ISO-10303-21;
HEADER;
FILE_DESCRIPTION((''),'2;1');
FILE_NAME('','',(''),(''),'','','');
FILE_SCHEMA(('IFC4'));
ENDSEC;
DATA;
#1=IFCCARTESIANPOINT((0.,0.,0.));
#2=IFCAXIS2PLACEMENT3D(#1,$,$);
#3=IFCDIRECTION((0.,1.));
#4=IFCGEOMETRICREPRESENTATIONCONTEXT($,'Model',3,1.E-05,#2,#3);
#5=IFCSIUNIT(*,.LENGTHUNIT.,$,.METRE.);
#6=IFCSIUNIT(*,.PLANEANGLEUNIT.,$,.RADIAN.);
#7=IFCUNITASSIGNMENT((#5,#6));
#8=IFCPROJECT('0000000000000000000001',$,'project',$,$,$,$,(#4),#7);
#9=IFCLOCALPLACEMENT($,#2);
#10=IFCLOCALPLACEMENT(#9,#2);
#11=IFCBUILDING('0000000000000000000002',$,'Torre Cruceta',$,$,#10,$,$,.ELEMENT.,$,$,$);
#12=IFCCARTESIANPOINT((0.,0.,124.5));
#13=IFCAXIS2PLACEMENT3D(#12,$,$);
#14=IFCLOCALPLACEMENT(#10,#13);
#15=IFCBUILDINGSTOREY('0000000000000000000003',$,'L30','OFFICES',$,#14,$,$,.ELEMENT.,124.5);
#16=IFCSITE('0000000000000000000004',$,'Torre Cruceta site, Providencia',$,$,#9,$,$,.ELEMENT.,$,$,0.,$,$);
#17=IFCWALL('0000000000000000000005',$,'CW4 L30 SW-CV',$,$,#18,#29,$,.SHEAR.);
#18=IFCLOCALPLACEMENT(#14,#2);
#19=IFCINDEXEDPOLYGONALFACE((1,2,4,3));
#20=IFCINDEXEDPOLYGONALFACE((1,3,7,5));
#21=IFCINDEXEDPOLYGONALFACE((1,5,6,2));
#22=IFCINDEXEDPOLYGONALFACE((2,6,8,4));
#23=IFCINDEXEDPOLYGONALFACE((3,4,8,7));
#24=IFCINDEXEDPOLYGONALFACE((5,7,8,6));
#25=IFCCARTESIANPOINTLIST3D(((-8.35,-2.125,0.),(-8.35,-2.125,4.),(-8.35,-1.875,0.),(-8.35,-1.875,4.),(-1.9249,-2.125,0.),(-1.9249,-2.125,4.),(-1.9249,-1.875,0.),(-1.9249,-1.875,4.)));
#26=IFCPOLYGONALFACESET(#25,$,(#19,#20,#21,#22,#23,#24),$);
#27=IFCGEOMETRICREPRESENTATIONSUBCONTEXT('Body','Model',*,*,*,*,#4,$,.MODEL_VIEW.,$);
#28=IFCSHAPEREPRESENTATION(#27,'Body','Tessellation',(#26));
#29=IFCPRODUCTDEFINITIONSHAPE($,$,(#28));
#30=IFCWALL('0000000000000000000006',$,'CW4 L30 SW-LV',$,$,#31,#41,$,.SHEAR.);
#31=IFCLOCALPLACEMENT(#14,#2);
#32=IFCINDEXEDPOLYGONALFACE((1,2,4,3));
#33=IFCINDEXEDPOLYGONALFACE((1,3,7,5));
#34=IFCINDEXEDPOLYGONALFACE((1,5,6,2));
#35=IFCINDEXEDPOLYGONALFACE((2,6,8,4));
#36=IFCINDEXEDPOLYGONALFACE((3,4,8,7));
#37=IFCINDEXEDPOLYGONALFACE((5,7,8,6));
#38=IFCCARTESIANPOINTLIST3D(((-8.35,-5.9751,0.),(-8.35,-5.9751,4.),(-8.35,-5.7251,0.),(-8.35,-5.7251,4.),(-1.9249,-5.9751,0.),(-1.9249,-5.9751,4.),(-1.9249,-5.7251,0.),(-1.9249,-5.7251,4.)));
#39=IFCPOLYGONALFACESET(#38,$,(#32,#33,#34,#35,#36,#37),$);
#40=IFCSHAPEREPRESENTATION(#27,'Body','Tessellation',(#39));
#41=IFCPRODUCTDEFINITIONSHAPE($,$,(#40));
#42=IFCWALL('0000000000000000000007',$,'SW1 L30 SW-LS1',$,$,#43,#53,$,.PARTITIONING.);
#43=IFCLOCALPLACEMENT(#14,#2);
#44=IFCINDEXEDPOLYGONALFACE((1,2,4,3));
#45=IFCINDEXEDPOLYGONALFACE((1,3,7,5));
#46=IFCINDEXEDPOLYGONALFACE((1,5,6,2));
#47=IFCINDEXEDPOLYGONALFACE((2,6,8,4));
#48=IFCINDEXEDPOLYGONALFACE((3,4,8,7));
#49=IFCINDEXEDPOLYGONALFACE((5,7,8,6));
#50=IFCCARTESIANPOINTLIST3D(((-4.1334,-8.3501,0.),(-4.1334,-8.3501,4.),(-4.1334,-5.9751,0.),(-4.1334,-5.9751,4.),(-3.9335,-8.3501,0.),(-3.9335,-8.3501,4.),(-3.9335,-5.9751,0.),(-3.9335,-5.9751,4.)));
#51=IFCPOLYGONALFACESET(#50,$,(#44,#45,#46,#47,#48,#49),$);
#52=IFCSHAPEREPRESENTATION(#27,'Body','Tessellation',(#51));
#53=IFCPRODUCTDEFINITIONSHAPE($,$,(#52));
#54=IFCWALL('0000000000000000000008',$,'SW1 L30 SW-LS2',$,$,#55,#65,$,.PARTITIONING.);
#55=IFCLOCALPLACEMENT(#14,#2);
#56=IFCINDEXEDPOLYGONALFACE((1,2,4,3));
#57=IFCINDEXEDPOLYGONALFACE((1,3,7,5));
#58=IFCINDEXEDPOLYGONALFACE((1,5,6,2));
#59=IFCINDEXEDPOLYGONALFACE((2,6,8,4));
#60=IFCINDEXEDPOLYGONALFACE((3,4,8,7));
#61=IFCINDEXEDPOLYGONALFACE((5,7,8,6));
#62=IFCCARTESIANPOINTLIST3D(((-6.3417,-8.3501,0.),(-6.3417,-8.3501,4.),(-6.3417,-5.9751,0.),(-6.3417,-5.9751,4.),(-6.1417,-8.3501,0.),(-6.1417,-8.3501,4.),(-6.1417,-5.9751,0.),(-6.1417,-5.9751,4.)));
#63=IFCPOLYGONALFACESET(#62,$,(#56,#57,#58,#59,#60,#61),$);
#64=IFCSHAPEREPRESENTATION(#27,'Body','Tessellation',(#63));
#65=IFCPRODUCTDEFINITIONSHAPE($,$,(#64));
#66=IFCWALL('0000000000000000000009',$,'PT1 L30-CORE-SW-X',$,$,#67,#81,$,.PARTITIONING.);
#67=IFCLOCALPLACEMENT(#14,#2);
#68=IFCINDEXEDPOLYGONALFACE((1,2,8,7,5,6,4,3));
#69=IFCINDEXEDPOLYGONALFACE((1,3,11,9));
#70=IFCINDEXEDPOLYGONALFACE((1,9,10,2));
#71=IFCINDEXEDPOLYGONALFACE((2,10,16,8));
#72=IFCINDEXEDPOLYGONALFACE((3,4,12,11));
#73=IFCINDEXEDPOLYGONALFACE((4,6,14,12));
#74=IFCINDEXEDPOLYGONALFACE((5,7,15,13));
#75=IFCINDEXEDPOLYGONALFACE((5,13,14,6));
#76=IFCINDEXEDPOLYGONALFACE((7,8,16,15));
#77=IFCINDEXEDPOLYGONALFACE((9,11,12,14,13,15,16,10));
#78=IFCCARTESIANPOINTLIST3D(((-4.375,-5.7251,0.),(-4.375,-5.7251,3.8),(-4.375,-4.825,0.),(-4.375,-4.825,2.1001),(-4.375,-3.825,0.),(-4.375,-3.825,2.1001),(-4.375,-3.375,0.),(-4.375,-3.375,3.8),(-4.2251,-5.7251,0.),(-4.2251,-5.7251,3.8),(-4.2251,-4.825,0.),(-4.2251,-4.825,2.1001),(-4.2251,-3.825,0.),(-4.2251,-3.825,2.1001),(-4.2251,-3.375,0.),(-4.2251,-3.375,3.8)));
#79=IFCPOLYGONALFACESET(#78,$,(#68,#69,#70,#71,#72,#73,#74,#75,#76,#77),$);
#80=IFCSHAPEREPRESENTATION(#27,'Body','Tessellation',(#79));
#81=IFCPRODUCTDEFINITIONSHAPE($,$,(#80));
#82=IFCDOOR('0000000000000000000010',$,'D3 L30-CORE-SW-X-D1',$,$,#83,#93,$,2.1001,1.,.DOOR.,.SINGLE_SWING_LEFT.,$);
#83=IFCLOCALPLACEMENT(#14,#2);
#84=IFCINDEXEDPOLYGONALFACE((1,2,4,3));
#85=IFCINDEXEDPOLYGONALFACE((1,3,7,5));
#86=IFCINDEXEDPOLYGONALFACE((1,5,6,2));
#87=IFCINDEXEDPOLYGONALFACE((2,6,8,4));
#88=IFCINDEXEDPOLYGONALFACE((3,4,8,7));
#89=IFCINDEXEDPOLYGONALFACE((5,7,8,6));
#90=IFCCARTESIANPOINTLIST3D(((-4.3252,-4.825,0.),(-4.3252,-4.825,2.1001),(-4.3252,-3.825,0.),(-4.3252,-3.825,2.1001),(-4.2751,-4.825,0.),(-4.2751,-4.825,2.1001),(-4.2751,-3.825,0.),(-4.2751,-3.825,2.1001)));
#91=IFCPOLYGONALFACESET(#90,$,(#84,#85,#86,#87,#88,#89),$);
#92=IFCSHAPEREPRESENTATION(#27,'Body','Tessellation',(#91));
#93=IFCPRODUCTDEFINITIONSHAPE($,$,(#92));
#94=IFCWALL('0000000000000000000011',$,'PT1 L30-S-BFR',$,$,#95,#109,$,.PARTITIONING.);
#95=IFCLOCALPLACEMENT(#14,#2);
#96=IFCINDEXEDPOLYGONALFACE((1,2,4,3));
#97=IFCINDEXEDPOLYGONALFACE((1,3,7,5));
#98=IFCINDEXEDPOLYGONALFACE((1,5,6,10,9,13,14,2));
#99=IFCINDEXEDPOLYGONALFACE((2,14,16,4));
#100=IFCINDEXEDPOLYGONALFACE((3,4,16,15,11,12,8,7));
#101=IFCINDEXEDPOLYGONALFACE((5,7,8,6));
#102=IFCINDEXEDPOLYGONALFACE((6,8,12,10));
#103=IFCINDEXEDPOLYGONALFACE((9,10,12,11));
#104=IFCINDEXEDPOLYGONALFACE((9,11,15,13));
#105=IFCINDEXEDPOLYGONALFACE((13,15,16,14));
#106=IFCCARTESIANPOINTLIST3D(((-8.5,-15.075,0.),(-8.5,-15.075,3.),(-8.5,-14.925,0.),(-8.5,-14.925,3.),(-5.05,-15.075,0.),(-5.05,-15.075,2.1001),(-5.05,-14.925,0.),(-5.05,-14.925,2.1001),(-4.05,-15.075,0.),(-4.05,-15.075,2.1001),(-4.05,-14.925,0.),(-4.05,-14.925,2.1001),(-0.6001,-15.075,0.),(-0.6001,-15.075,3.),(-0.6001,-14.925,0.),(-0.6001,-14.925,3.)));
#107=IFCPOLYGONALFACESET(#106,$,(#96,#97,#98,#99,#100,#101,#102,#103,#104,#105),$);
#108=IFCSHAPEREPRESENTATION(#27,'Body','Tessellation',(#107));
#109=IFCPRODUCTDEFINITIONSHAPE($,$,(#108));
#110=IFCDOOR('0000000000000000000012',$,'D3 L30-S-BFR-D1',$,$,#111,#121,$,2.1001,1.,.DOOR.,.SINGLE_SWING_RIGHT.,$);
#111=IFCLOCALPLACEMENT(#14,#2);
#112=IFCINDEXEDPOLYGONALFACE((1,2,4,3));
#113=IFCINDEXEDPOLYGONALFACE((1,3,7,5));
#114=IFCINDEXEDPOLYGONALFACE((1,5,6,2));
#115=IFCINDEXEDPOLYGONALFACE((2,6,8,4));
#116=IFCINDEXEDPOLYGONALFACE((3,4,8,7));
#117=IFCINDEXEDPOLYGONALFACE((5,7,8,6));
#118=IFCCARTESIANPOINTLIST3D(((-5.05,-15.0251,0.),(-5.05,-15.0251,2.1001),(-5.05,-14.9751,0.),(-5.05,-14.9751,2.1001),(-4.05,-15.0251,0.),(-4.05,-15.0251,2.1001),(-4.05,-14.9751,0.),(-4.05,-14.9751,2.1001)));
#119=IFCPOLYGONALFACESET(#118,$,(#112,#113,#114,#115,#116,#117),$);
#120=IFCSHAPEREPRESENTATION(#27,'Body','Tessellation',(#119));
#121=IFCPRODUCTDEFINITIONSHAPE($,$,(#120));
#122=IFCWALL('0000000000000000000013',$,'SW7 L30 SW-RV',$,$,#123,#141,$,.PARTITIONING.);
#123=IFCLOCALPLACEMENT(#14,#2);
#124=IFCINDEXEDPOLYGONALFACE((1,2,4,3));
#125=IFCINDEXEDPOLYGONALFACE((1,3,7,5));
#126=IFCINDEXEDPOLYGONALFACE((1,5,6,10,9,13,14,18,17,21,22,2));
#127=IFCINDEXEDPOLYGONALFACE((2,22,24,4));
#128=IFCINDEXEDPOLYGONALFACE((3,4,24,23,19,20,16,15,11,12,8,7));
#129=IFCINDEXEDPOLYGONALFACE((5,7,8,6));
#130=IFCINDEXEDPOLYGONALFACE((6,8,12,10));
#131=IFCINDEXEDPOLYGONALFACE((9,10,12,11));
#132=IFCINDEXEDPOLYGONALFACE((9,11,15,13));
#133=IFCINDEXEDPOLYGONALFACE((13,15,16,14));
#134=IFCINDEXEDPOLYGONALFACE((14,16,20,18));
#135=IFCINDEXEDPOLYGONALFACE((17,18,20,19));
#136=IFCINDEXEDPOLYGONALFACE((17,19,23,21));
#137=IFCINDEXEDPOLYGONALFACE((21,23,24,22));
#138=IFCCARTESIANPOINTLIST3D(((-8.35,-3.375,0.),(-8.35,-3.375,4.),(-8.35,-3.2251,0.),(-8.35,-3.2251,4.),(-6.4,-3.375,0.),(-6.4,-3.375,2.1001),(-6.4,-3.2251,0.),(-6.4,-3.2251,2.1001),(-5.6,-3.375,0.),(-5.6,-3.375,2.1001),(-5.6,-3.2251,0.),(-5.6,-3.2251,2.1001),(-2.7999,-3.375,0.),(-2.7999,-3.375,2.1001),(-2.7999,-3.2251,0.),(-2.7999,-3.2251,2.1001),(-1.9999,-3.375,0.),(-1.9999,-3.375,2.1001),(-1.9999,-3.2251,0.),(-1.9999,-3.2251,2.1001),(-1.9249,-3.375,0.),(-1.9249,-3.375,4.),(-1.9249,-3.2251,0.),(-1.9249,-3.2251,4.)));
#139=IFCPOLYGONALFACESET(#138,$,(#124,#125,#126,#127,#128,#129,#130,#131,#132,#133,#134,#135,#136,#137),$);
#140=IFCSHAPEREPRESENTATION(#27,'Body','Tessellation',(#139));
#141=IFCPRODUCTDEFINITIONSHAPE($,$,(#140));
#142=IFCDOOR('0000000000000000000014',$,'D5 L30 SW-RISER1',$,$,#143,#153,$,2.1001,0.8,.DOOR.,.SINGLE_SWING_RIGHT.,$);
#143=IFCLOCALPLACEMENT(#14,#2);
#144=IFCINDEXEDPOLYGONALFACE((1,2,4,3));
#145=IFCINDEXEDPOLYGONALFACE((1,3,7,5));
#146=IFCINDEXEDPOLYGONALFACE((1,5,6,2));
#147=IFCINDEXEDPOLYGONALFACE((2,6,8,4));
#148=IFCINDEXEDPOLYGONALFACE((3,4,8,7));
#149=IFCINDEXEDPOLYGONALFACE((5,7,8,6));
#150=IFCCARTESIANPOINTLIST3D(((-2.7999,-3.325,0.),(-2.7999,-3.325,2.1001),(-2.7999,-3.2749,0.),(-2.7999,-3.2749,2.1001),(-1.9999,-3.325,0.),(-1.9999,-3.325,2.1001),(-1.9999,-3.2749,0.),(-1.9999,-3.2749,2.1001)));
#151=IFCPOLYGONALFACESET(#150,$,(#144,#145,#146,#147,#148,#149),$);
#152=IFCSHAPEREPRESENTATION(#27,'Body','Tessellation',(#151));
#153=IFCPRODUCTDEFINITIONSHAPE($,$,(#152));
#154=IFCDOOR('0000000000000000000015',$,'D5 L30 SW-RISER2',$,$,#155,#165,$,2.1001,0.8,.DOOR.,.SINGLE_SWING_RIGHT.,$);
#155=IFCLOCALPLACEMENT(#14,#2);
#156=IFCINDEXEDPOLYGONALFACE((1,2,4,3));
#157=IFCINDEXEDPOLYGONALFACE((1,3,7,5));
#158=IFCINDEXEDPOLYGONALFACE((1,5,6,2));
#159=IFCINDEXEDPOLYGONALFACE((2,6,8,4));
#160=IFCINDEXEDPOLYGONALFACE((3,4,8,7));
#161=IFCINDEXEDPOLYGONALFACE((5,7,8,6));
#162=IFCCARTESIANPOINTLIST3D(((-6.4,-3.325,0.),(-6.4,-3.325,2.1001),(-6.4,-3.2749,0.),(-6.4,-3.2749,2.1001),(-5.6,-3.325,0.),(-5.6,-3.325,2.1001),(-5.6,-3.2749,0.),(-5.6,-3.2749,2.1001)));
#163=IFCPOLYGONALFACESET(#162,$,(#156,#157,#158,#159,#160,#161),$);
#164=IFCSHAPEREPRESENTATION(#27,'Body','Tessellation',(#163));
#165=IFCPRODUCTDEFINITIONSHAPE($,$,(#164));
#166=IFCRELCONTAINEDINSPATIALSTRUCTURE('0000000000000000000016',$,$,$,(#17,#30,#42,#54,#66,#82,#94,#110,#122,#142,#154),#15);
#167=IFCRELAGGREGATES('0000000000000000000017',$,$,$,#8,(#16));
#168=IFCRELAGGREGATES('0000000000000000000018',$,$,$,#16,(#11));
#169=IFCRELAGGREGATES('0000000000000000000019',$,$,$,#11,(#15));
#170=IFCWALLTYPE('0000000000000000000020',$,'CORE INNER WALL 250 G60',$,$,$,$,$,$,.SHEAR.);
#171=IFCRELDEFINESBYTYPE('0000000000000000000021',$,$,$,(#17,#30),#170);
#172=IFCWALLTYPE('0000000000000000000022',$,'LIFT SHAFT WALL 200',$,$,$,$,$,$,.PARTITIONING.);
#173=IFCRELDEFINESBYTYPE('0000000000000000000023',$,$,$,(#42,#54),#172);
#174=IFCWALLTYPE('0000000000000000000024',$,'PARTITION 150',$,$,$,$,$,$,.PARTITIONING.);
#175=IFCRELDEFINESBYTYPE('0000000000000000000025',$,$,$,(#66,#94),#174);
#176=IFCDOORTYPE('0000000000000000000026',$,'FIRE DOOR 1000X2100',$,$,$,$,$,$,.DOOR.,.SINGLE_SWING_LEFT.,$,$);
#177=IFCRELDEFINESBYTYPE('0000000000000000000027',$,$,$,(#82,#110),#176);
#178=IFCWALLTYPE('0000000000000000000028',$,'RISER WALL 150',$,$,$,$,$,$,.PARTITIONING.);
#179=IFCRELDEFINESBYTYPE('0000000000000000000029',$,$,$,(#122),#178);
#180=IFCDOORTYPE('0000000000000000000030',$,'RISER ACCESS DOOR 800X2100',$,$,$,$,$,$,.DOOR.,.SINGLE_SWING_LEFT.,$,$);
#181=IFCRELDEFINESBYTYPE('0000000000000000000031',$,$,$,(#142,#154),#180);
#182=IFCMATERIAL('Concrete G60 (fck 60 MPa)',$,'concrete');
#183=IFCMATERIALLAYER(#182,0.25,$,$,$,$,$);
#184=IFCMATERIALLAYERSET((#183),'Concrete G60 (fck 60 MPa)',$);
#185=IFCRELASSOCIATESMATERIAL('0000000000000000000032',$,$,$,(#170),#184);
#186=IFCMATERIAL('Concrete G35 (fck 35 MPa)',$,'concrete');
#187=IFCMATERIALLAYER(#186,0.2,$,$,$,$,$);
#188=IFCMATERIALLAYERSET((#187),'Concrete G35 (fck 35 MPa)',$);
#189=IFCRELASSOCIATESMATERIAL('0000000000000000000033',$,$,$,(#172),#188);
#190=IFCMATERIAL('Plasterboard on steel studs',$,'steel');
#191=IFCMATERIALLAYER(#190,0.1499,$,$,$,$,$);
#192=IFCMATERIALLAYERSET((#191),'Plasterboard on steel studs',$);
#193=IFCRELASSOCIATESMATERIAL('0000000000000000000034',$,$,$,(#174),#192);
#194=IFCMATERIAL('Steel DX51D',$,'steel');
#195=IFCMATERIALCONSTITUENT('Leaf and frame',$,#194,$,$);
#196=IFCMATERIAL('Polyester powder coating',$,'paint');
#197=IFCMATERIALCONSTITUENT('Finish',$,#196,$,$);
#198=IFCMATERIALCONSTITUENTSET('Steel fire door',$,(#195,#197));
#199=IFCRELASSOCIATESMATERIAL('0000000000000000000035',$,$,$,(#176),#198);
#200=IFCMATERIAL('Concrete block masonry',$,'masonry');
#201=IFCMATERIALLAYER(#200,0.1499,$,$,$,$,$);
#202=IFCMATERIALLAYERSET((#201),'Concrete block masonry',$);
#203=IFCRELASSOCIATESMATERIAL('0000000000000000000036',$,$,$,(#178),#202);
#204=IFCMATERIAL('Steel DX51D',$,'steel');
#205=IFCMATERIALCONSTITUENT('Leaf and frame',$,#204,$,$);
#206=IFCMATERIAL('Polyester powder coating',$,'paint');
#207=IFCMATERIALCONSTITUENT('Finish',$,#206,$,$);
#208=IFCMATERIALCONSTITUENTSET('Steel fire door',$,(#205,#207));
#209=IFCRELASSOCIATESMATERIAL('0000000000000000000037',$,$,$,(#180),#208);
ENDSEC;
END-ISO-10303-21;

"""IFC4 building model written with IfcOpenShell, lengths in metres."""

from ifc_helpers import new_model, si_unit, direction, frame, frame_2d, origin, place, context, subcontext, project, spatial, rectangle, extrude, material, layer, layer_set, constituent, constituent_set, type_object, element, fill, save


model = new_model("IFC4")

# Units and contexts
model_context = context("Model", 3, precision=1e-05, world=origin(), true_north=direction((0.0, 1.0)))
body_context = subcontext(model_context, "Body", "Model", "MODEL_VIEW")
ifc_project = project(units=[si_unit("LENGTHUNIT", "METRE"), si_unit("PLANEANGLEUNIT", "RADIAN")], contexts=[model_context])

# Site, building, storey
site_placement = place(None, origin())
site = spatial("IfcSite", under=ifc_project, at=site_placement, Name="Torre Cruceta site, Providencia", CompositionType="ELEMENT", RefElevation=0.0)
building_placement = place(site_placement, origin())
building = spatial("IfcBuilding", under=site, at=building_placement, Name="Torre Cruceta", CompositionType="ELEMENT")
storey_placement = place(building_placement, frame((0.0, 0.0, 124.5)))
storey = spatial("IfcBuildingStorey", under=building, at=storey_placement, Name="L30", Description="OFFICES", CompositionType="ELEMENT", Elevation=124.5)

# Shared definitions
ifc_material_1 = material(Name="Concrete G60 (fck 60 MPa)", Category="concrete")
ifc_layer_1 = layer(ifc_material_1, 0.25)
ifc_layer_set_1 = layer_set([ifc_layer_1], Name="Concrete G60 (fck 60 MPa)")
wall_type_1 = type_object("IfcWallType", Name="CORE INNER WALL 250 G60", PredefinedType="SHEAR", material=ifc_layer_set_1)

# Walls
for number, where, z_axis, x_axis, name in (
    (1, (-1.925, -2.0, 0.0), (0.0, 0.0, 1.0), (-1.0, 0.0, 0.0), "CW4 L30 SW-CV"),
    (2, (-1.925, -5.8501, 0.0), (0.0, 0.0, 1.0), (-1.0, 0.0, 0.0), "CW4 L30 SW-LV"),
):
    element("IfcWall", number, at=place(storey_placement, frame(where, z_axis=z_axis, x_axis=x_axis)), inside=storey, type_object=wall_type_1, Name=name, PredefinedType="SHEAR", context=body_context, shape_type="SweptSolid", body=[
        extrude(rectangle(XDim=6.425, YDim=0.25, at=frame_2d((3.2124, 0.0))), origin(), (0.0, 0.0, 1.0), 4.0),
    ])

# Walls
ifc_material_2 = material(Name="Concrete G35 (fck 35 MPa)", Category="concrete")
ifc_layer_2 = layer(ifc_material_2, 0.2)
ifc_layer_set_2 = layer_set([ifc_layer_2], Name="Concrete G35 (fck 35 MPa)")
wall_type_2 = type_object("IfcWallType", Name="LIFT SHAFT WALL 200", PredefinedType="PARTITIONING", material=ifc_layer_set_2)
for number, where, z_axis, x_axis, name in (
    (3, (-4.0334, -5.9751, 0.0), (0.0, 0.0, 1.0), (0.0, -1.0, 0.0), "SW1 L30 SW-LS1"),
    (4, (-6.2417, -5.9751, 0.0), (0.0, 0.0, 1.0), (0.0, -1.0, 0.0), "SW1 L30 SW-LS2"),
):
    element("IfcWall", number, at=place(storey_placement, frame(where, z_axis=z_axis, x_axis=x_axis)), inside=storey, type_object=wall_type_2, Name=name, PredefinedType="PARTITIONING", context=body_context, shape_type="SweptSolid", body=[
        extrude(rectangle(XDim=2.375, YDim=0.2, at=frame_2d((1.1875, 0.0))), origin(), (0.0, 0.0, 1.0), 4.0),
    ])

# Walls, openings, doors
ifc_material_3 = material(Name="Plasterboard on steel studs", Category="steel")
ifc_layer_3 = layer(ifc_material_3, 0.1499)
ifc_layer_set_3 = layer_set([ifc_layer_3], Name="Plasterboard on steel studs")
wall_type_3 = type_object("IfcWallType", Name="PARTITION 150", PredefinedType="PARTITIONING", material=ifc_layer_set_3)
wall_1_placement = place(storey_placement, frame((-4.3, -3.375, 0.0), z_axis=(0.0, 0.0, 1.0), x_axis=(0.0, -1.0, 0.0)))
wall_1 = element("IfcWall", 5, at=wall_1_placement, inside=storey, type_object=wall_type_3, Name="PT1 L30-CORE-SW-X", PredefinedType="PARTITIONING", context=body_context, shape_type="SweptSolid", body=[
    extrude(rectangle(XDim=2.3501, YDim=0.1499, at=frame_2d((1.175, 0.0))), origin(), (0.0, 0.0, 1.0), 3.8),
])
opening_1_placement = place(wall_1_placement, frame((0.45, 0.0, 0.0)))
opening_1 = element("IfcOpeningElement", 6, at=opening_1_placement, cuts=wall_1, PredefinedType="OPENING", context=body_context, shape_type="SweptSolid", body=[
    extrude(rectangle(XDim=1.0, YDim=2.1001, at=frame_2d((0.5, 1.05))), frame((0.0, 0.085, 0.0), z_axis=(0.0, -1.0, 0.0), x_axis=(1.0, 0.0, 0.0)), (0.0, 0.0, 1.0), 0.1699),
])
ifc_material_4 = material(Name="Steel DX51D", Category="steel")
ifc_constituent_1 = constituent(ifc_material_4, Name="Leaf and frame")
ifc_material_5 = material(Name="Polyester powder coating", Category="paint")
ifc_constituent_2 = constituent(ifc_material_5, Name="Finish")
ifc_constituent_set_1 = constituent_set(constituents=[ifc_constituent_1, ifc_constituent_2], Name="Steel fire door")
door_type_1 = type_object("IfcDoorType", Name="FIRE DOOR 1000X2100", OperationType="SINGLE_SWING_LEFT", PredefinedType="DOOR", material=ifc_constituent_set_1)
door_1_placement = place(opening_1_placement, origin())
door_1 = element("IfcDoor", 7, at=door_1_placement, inside=storey, type_object=door_type_1, Name="D3 L30-CORE-SW-X-D1", OperationType="SINGLE_SWING_LEFT", OverallHeight=2.1001, OverallWidth=1.0, PredefinedType="DOOR", context=body_context, shape_type="SweptSolid", body=[
    extrude(rectangle(XDim=1.0, YDim=2.1001, at=frame_2d((0.5, 1.05))), frame((0.0, 0.0249, 0.0), z_axis=(0.0, -1.0, 0.0), x_axis=(1.0, 0.0, 0.0)), (0.0, 0.0, 1.0), 0.05),
])
fill(opening_1, door_1)
wall_2_placement = place(storey_placement, frame((-8.5, -15.0, 0.0), z_axis=(0.0, 0.0, 1.0), x_axis=(1.0, 0.0, 0.0)))
wall_2 = element("IfcWall", 8, at=wall_2_placement, inside=storey, type_object=wall_type_3, Name="PT1 L30-S-BFR", PredefinedType="PARTITIONING", context=body_context, shape_type="SweptSolid", body=[
    extrude(rectangle(XDim=7.8999, YDim=0.1499, at=frame_2d((3.95, 0.0))), origin(), (0.0, 0.0, 1.0), 3.0),
])
opening_2_placement = place(wall_2_placement, frame((3.45, 0.0, 0.0)))
opening_2 = element("IfcOpeningElement", 9, at=opening_2_placement, cuts=wall_2, PredefinedType="OPENING", context=body_context, shape_type="SweptSolid", body=[
    extrude(rectangle(XDim=1.0, YDim=2.1001, at=frame_2d((0.5, 1.05))), frame((0.0, 0.085, 0.0), z_axis=(0.0, -1.0, 0.0), x_axis=(1.0, 0.0, 0.0)), (0.0, 0.0, 1.0), 0.1699),
])
door_2_placement = place(opening_2_placement, origin())
door_2 = element("IfcDoor", 10, at=door_2_placement, inside=storey, type_object=door_type_1, Name="D3 L30-S-BFR-D1", OperationType="SINGLE_SWING_RIGHT", OverallHeight=2.1001, OverallWidth=1.0, PredefinedType="DOOR", context=body_context, shape_type="SweptSolid", body=[
    extrude(rectangle(XDim=1.0, YDim=2.1001, at=frame_2d((0.5, 1.05))), frame((0.0, 0.0249, 0.0), z_axis=(0.0, -1.0, 0.0), x_axis=(1.0, 0.0, 0.0)), (0.0, 0.0, 1.0), 0.05),
])
fill(opening_2, door_2)

# Wall, openings, doors
ifc_material_6 = material(Name="Concrete block masonry", Category="masonry")
ifc_layer_4 = layer(ifc_material_6, 0.1499)
ifc_layer_set_4 = layer_set([ifc_layer_4], Name="Concrete block masonry")
wall_type_4 = type_object("IfcWallType", Name="RISER WALL 150", PredefinedType="PARTITIONING", material=ifc_layer_set_4)
wall_3_placement = place(storey_placement, frame((-1.925, -3.3, 0.0), z_axis=(0.0, 0.0, 1.0), x_axis=(-1.0, 0.0, 0.0)))
wall_3 = element("IfcWall", 11, at=wall_3_placement, inside=storey, type_object=wall_type_4, Name="SW7 L30 SW-RV", PredefinedType="PARTITIONING", context=body_context, shape_type="SweptSolid", body=[
    extrude(rectangle(XDim=6.425, YDim=0.1499, at=frame_2d((3.2124, 0.0))), origin(), (0.0, 0.0, 1.0), 4.0),
])
opening_3_placement = place(wall_3_placement, frame((0.075, 0.0, 0.0)))
opening_3 = element("IfcOpeningElement", 12, at=opening_3_placement, cuts=wall_3, PredefinedType="OPENING", context=body_context, shape_type="SweptSolid", body=[
    extrude(rectangle(XDim=0.8, YDim=2.1001, at=frame_2d((0.3999, 1.05))), frame((0.0, 0.085, 0.0), z_axis=(0.0, -1.0, 0.0), x_axis=(1.0, 0.0, 0.0)), (0.0, 0.0, 1.0), 0.1699),
])
opening_4_placement = place(wall_3_placement, frame((3.675, 0.0, 0.0)))
opening_4 = element("IfcOpeningElement", 13, at=opening_4_placement, cuts=wall_3, PredefinedType="OPENING", context=body_context, shape_type="SweptSolid", body=[
    extrude(rectangle(XDim=0.8, YDim=2.1001, at=frame_2d((0.3999, 1.05))), frame((0.0, 0.085, 0.0), z_axis=(0.0, -1.0, 0.0), x_axis=(1.0, 0.0, 0.0)), (0.0, 0.0, 1.0), 0.1699),
])
ifc_material_7 = material(Name="Steel DX51D", Category="steel")
ifc_constituent_3 = constituent(ifc_material_7, Name="Leaf and frame")
ifc_material_8 = material(Name="Polyester powder coating", Category="paint")
ifc_constituent_4 = constituent(ifc_material_8, Name="Finish")
ifc_constituent_set_2 = constituent_set(constituents=[ifc_constituent_3, ifc_constituent_4], Name="Steel fire door")
door_type_2 = type_object("IfcDoorType", Name="RISER ACCESS DOOR 800X2100", OperationType="SINGLE_SWING_LEFT", PredefinedType="DOOR", material=ifc_constituent_set_2)
door_3_placement = place(opening_3_placement, frame((0.8, 0.0, 0.0), z_axis=(0.0, 0.0, 1.0), x_axis=(-1.0, 0.0, 0.0)))
door_3 = element("IfcDoor", 14, at=door_3_placement, inside=storey, type_object=door_type_2, Name="D5 L30 SW-RISER1", OperationType="SINGLE_SWING_RIGHT", OverallHeight=2.1001, OverallWidth=0.8, PredefinedType="DOOR", context=body_context, shape_type="SweptSolid", body=[
    extrude(rectangle(XDim=0.8, YDim=2.1001, at=frame_2d((0.4001, 1.05))), frame((0.0, 0.0251, 0.0), z_axis=(0.0, -1.0, 0.0), x_axis=(1.0, 0.0, 0.0)), (0.0, 0.0, 1.0), 0.05),
])
fill(opening_3, door_3)
door_4_placement = place(opening_4_placement, frame((0.8, 0.0, 0.0), z_axis=(0.0, 0.0, 1.0), x_axis=(-1.0, 0.0, 0.0)))
door_4 = element("IfcDoor", 15, at=door_4_placement, inside=storey, type_object=door_type_2, Name="D5 L30 SW-RISER2", OperationType="SINGLE_SWING_RIGHT", OverallHeight=2.1001, OverallWidth=0.8, PredefinedType="DOOR", context=body_context, shape_type="SweptSolid", body=[
    extrude(rectangle(XDim=0.8, YDim=2.1001, at=frame_2d((0.4001, 1.05))), frame((0.0, 0.0251, 0.0), z_axis=(0.0, -1.0, 0.0), x_axis=(1.0, 0.0, 0.0)), (0.0, 0.0, 1.0), 0.05),
])
fill(opening_4, door_4)

save(model, "model.ifc")
